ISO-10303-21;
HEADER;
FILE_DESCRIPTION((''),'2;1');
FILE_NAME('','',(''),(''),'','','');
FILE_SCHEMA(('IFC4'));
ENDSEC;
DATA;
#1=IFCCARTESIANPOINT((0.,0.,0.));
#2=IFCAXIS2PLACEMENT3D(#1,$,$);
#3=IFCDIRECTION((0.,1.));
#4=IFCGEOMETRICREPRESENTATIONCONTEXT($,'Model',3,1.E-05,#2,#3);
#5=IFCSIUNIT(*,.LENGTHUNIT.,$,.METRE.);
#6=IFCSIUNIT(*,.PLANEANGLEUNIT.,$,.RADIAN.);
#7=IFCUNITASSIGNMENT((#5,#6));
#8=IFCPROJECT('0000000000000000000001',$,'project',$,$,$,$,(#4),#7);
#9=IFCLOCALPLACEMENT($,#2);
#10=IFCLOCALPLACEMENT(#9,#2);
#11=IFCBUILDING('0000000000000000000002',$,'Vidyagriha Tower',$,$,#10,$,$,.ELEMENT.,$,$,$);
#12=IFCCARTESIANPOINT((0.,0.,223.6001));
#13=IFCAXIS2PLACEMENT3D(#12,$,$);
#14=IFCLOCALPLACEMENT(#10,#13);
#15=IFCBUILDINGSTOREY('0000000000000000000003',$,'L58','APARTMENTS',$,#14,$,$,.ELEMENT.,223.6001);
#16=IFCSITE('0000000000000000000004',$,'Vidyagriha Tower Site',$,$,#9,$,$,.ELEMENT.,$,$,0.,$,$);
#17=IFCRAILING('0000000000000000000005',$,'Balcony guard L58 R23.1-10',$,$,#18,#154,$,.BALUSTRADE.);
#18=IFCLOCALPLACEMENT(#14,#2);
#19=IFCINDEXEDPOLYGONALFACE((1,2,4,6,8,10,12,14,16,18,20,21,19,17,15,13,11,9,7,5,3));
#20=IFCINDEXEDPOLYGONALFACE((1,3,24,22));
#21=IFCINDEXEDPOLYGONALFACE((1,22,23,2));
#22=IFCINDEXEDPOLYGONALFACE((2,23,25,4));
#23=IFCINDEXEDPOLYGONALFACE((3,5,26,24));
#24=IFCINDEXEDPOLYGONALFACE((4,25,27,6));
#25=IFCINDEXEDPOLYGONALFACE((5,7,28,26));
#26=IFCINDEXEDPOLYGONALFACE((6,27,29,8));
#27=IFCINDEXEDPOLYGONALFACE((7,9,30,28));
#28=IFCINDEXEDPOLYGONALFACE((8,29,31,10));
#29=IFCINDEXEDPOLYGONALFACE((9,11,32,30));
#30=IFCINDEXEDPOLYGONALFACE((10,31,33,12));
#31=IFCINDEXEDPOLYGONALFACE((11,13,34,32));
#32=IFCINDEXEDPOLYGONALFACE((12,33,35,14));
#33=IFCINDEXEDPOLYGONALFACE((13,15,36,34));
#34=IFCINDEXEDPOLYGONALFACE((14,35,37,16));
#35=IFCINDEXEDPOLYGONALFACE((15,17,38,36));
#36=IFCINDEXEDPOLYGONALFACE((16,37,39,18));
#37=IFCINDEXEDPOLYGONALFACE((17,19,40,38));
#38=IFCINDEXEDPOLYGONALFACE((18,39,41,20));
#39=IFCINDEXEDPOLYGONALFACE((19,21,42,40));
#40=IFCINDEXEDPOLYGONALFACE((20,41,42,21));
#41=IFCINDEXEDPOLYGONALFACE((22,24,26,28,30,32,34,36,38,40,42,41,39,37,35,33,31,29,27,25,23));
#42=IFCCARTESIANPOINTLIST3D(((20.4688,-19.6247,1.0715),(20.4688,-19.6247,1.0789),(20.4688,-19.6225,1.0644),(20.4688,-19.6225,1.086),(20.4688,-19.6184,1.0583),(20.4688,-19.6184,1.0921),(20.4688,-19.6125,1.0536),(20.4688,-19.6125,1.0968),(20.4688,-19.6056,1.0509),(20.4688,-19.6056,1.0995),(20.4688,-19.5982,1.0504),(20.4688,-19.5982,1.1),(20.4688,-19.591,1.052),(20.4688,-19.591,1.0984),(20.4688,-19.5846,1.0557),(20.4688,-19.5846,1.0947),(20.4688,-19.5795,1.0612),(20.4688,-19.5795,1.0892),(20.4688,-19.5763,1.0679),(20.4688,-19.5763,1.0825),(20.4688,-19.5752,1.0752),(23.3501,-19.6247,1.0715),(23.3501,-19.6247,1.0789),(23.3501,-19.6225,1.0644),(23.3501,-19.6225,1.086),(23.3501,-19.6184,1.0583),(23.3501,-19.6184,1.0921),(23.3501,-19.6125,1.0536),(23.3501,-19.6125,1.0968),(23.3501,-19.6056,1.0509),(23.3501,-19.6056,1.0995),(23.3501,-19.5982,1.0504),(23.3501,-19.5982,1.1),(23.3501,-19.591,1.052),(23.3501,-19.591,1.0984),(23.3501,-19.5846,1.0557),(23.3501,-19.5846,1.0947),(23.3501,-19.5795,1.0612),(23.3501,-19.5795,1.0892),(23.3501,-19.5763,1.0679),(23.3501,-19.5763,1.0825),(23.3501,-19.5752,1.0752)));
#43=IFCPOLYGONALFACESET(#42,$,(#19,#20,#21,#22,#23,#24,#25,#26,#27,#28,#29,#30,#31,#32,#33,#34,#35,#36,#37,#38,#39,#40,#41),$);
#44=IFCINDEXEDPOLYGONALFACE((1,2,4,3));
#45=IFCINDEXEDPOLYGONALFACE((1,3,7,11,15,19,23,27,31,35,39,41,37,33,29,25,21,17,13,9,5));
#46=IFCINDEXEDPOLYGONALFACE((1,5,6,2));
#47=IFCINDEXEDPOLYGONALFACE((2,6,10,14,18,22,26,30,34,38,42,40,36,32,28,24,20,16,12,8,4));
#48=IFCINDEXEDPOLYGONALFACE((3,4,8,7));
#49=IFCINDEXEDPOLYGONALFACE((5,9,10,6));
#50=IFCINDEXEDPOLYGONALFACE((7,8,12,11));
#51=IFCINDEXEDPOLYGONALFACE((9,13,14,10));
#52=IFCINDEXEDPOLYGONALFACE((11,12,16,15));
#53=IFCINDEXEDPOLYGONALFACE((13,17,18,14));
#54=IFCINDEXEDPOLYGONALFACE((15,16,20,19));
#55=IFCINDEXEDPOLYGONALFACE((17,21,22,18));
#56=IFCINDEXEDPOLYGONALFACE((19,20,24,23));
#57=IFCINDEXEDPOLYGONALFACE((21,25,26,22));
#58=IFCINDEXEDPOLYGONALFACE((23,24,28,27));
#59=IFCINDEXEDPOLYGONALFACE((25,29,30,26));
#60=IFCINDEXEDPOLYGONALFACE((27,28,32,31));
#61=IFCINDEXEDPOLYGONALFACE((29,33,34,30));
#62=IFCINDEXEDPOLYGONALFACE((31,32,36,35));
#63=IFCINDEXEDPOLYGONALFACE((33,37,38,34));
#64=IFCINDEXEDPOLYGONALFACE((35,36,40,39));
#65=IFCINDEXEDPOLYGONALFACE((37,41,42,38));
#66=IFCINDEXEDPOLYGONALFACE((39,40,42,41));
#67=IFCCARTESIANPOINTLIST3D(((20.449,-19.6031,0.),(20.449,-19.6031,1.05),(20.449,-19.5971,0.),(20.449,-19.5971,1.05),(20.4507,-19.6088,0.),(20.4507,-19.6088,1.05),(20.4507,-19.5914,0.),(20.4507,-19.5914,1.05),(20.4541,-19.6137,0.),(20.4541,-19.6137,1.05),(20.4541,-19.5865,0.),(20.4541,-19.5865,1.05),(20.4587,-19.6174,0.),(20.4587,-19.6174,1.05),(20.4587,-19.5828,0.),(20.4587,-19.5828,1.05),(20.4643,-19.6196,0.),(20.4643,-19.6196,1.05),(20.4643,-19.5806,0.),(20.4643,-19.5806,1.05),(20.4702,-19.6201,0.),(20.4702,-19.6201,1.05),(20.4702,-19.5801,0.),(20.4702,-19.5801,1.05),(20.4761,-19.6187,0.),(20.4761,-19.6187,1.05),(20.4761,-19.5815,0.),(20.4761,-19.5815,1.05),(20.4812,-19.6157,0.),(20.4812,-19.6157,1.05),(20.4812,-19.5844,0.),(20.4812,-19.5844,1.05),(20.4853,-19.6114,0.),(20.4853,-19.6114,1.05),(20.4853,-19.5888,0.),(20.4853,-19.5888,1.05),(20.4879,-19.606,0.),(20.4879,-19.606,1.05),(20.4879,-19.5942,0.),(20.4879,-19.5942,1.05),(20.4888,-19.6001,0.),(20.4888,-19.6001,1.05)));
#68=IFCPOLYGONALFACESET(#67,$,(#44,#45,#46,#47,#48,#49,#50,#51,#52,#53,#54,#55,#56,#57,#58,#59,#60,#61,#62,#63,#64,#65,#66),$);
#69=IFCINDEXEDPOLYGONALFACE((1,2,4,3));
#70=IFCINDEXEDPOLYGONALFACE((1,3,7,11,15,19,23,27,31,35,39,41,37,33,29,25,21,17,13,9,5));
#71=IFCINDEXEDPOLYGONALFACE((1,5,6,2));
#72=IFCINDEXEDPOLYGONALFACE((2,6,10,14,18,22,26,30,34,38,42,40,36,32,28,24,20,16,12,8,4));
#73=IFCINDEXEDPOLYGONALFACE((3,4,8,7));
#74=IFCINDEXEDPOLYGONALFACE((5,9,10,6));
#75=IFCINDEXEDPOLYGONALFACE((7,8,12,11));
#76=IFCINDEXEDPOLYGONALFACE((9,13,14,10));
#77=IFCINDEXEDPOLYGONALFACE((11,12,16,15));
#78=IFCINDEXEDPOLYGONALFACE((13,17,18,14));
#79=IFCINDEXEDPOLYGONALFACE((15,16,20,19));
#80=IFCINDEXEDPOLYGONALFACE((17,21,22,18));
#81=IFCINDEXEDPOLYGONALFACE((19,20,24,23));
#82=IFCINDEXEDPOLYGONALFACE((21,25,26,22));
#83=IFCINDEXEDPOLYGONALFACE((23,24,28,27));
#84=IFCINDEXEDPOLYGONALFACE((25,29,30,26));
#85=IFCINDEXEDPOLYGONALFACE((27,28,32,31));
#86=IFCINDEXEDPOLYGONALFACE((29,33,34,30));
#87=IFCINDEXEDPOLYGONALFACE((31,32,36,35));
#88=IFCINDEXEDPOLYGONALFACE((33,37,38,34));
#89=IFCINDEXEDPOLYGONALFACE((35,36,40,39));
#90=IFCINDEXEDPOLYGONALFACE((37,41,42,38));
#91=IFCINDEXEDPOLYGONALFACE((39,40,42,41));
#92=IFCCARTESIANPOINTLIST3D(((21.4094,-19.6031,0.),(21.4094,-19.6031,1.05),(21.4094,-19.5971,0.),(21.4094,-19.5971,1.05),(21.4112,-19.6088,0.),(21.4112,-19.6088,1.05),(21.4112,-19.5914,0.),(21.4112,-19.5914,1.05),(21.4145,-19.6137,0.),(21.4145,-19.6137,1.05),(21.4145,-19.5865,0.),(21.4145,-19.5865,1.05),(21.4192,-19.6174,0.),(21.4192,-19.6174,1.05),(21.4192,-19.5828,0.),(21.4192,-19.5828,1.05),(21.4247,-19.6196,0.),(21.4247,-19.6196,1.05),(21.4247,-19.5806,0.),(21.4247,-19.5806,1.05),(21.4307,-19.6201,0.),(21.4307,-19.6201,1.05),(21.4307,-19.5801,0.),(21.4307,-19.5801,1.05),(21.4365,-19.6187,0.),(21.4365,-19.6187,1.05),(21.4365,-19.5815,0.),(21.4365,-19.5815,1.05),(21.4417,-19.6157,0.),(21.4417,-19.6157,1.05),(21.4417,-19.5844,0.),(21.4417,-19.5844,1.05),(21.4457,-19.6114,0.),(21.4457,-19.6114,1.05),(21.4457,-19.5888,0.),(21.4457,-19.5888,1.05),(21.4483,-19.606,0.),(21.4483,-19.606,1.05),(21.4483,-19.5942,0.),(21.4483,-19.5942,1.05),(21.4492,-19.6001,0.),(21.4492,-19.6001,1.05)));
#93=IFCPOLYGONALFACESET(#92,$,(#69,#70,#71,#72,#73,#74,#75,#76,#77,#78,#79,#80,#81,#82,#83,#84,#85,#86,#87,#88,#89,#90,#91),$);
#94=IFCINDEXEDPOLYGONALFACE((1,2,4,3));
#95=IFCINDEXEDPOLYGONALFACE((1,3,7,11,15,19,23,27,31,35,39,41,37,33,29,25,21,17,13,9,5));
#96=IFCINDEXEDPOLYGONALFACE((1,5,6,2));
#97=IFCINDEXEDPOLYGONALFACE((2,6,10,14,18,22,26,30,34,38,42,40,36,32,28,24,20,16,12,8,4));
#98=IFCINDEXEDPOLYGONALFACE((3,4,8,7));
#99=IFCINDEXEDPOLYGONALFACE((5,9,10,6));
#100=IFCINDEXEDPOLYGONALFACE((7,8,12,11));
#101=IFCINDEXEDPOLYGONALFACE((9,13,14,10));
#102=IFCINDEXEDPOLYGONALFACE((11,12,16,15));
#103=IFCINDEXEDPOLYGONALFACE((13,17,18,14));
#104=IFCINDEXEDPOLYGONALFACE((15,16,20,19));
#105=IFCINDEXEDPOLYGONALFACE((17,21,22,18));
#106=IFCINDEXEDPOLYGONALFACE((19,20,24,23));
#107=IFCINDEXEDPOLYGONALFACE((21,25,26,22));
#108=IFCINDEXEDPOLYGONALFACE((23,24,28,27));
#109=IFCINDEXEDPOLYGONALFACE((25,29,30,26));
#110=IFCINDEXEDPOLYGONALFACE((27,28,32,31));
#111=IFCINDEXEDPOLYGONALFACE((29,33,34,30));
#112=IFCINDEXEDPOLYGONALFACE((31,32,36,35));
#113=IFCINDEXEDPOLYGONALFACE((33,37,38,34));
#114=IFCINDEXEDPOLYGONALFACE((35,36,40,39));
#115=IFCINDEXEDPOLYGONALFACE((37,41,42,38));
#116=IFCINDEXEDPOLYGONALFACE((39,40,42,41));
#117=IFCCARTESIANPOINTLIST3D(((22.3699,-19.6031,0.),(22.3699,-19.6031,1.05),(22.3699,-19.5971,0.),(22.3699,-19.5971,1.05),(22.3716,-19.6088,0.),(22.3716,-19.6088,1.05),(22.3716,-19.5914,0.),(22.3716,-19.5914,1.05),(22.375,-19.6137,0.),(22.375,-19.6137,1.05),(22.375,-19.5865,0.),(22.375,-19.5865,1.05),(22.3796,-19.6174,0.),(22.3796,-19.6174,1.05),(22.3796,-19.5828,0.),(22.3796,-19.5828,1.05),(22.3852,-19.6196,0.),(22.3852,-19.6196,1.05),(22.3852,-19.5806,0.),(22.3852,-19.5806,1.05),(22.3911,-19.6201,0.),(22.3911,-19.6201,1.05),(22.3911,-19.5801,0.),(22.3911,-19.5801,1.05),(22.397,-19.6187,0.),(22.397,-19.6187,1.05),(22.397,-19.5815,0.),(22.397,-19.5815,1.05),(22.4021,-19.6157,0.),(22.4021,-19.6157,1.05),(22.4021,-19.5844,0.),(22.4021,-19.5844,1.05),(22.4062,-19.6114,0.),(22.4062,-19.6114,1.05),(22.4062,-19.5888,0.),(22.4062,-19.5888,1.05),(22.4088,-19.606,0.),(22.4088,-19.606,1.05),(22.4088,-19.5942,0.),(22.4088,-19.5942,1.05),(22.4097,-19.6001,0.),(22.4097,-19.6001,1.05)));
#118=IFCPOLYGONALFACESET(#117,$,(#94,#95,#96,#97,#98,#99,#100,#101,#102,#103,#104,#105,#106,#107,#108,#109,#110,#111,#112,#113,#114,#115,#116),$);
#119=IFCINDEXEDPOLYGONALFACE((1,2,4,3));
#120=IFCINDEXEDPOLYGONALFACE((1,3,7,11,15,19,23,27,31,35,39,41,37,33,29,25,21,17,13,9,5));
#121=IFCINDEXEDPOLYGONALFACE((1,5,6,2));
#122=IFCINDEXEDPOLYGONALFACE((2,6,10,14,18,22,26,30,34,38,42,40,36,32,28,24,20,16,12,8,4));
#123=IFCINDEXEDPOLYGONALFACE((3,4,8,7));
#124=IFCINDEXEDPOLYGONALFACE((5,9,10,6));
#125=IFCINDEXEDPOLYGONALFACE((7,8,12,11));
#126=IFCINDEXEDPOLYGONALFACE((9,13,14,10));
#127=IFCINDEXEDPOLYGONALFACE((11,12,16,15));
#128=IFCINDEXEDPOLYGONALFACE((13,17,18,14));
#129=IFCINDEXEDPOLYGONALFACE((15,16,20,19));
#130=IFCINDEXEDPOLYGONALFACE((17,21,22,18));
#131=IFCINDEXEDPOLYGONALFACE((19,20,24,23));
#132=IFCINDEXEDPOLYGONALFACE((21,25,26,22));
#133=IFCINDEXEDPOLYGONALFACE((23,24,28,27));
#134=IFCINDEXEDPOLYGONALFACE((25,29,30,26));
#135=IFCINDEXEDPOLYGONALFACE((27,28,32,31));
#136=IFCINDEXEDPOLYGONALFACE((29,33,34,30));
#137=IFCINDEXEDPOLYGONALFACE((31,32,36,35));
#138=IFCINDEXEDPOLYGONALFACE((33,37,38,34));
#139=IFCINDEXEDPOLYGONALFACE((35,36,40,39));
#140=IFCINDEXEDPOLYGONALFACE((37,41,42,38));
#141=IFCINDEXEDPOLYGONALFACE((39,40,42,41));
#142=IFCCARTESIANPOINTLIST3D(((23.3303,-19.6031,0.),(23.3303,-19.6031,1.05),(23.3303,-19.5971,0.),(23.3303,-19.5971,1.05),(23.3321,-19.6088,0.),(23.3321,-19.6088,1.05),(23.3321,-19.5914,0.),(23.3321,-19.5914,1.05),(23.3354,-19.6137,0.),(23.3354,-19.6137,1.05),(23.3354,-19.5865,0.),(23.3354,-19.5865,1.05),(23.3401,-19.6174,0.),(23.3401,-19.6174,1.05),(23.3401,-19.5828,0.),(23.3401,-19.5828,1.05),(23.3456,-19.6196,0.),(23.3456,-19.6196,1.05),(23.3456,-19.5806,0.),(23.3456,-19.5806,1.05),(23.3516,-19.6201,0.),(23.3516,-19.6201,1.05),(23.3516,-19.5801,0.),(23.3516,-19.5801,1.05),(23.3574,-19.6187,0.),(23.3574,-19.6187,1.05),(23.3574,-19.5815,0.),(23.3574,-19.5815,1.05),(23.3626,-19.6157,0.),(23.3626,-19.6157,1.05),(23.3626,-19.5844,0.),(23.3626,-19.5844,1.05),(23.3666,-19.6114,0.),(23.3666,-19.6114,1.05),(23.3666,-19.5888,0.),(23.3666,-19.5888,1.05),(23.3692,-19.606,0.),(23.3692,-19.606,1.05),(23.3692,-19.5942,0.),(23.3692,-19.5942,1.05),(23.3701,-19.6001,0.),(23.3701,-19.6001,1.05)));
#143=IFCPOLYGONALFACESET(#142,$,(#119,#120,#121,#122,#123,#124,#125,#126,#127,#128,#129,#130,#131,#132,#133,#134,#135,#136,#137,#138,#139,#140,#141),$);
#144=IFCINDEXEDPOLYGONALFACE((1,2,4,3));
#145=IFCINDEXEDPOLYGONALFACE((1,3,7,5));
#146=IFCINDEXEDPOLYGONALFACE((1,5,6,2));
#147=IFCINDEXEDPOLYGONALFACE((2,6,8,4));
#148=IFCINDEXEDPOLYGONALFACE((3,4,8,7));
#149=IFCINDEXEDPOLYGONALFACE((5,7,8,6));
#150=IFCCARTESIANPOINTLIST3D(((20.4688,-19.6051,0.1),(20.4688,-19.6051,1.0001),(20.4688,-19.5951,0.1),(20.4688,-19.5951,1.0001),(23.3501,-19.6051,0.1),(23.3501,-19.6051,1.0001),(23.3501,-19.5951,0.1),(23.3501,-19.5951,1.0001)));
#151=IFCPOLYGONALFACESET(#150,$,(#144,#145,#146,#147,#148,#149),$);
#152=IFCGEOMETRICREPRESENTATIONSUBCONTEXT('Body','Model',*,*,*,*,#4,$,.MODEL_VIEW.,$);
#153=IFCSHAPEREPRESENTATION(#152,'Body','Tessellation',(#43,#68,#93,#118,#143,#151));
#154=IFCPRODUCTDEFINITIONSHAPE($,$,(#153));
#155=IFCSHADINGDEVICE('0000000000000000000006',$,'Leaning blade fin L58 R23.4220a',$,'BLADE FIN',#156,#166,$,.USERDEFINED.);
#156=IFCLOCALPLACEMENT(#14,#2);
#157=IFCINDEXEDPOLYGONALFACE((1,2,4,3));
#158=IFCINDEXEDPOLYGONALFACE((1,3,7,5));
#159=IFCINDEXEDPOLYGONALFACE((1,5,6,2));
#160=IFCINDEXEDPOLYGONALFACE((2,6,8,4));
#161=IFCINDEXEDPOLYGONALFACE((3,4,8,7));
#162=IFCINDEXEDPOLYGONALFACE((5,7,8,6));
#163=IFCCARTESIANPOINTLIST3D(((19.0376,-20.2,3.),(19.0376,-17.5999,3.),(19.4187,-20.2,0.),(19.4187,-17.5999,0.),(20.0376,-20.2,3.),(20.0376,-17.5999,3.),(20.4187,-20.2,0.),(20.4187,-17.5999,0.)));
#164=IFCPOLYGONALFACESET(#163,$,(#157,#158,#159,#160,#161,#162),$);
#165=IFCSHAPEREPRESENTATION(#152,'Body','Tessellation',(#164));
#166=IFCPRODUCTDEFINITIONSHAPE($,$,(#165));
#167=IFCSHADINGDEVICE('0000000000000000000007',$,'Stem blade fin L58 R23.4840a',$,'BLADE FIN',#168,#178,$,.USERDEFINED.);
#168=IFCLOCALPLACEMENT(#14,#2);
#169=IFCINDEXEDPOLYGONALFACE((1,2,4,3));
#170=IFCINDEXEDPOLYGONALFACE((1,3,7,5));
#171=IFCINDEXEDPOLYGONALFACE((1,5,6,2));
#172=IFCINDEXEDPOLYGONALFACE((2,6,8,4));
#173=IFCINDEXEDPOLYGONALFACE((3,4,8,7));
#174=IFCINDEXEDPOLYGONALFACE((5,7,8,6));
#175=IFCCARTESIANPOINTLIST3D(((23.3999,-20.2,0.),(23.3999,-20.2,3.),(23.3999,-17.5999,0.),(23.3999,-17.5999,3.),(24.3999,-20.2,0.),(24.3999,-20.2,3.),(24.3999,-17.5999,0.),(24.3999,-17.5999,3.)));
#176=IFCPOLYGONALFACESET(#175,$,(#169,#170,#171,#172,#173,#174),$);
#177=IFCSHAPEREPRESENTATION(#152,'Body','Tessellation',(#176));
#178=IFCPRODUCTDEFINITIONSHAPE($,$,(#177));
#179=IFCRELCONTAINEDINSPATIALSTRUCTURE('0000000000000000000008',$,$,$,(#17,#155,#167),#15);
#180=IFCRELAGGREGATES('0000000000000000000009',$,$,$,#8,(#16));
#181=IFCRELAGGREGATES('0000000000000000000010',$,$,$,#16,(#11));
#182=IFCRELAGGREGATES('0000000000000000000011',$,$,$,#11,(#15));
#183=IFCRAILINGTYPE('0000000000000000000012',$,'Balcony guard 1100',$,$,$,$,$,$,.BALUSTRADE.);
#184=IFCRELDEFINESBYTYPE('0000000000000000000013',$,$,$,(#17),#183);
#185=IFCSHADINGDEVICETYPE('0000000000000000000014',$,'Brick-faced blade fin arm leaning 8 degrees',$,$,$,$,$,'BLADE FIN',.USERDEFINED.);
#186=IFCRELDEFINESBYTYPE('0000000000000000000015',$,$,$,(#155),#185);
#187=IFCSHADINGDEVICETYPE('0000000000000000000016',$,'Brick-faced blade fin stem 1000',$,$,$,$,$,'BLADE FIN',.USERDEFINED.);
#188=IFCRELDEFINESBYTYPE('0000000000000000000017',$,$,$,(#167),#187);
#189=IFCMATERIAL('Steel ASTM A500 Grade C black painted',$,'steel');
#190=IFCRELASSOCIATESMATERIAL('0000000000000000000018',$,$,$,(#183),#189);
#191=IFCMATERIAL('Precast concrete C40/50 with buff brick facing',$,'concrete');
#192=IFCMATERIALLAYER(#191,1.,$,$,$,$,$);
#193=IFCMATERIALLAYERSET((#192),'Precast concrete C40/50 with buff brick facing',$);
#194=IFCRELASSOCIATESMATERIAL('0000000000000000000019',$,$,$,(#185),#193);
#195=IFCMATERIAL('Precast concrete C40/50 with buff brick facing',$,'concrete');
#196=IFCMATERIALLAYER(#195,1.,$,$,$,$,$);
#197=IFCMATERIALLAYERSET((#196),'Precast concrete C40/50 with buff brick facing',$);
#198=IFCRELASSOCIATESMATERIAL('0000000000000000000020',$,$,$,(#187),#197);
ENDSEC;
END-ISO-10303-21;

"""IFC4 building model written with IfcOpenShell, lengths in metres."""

from ifc_helpers import new_model, si_unit, direction, frame, origin, origin_2d, place, context, subcontext, project, spatial, polyline, rectangle, circle, outline, extrude, material, layer, layer_set, type_object, element, save


model = new_model("IFC4")

# Units and contexts
model_context = context("Model", 3, precision=1e-05, world=origin(), true_north=direction((0.0, 1.0)))
body_context = subcontext(model_context, "Body", "Model", "MODEL_VIEW")
ifc_project = project(units=[si_unit("LENGTHUNIT", "METRE"), si_unit("PLANEANGLEUNIT", "RADIAN")], contexts=[model_context])

# Site, building, storey
site_placement = place(None, origin())
site = spatial("IfcSite", under=ifc_project, at=site_placement, Name="Vidyagriha Tower Site", CompositionType="ELEMENT", RefElevation=0.0)
building_placement = place(site_placement, origin())
building = spatial("IfcBuilding", under=site, at=building_placement, Name="Vidyagriha Tower", CompositionType="ELEMENT")
storey_placement = place(building_placement, frame((0.0, 0.0, 223.6001)))
storey = spatial("IfcBuildingStorey", under=building, at=storey_placement, Name="L58", Description="APARTMENTS", CompositionType="ELEMENT", Elevation=223.6001)

# Railing
ifc_material_1 = material(Name="Steel ASTM A500 Grade C black painted", Category="steel")
railing_type = type_object("IfcRailingType", Name="Balcony guard 1100", PredefinedType="BALUSTRADE", material=ifc_material_1)
railing_placement = place(storey_placement, frame((20.4688, -19.6001, 0.0)))
element("IfcRailing", 1, at=railing_placement, inside=storey, type_object=railing_type, Name="Balcony guard L58 R23.1-10", PredefinedType="BALUSTRADE", context=body_context, shape_type="SweptSolid", body=[
    extrude(circle(Radius=0.0249, at=origin_2d()), frame((0.0, 0.0, 1.0752), z_axis=(1.0, 0.0, 0.0), x_axis=(0.0, 1.0, 0.0)), (0.0, 0.0, 1.0), 2.8813),
    extrude(circle(Radius=0.02, at=origin_2d()), origin(), (0.0, 0.0, 1.0), 1.05),
    extrude(circle(Radius=0.02, at=origin_2d()), frame((0.9604, 0.0, 0.0)), (0.0, 0.0, 1.0), 1.05),
    extrude(circle(Radius=0.02, at=origin_2d()), frame((1.9209, 0.0, 0.0)), (0.0, 0.0, 1.0), 1.05),
    extrude(circle(Radius=0.02, at=origin_2d()), frame((2.8813, 0.0, 0.0)), (0.0, 0.0, 1.0), 1.05),
    extrude(rectangle(XDim=0.01, YDim=0.9001, at=origin_2d()), frame((0.0, 0.0, 0.55), z_axis=(1.0, 0.0, 0.0), x_axis=(0.0, 1.0, 0.0)), (0.0, 0.0, 1.0), 2.8813),
])

# Shading devices
ifc_material_2 = material(Name="Precast concrete C40/50 with buff brick facing", Category="concrete")
ifc_layer_1 = layer(ifc_material_2, 1.0)
ifc_layer_set_1 = layer_set([ifc_layer_1], Name="Precast concrete C40/50 with buff brick facing")
shading_device_type_1 = type_object("IfcShadingDeviceType", Name="Brick-faced blade fin arm leaning 8 degrees", ElementType="BLADE FIN", PredefinedType="USERDEFINED", material=ifc_layer_set_1)
shading_device_1_placement = place(storey_placement, frame((19.0376, -18.8999, 0.0)))
element("IfcShadingDevice", 2, at=shading_device_1_placement, inside=storey, type_object=shading_device_type_1, Name="Leaning blade fin L58 R23.4220a", ObjectType="BLADE FIN", PredefinedType="USERDEFINED", context=body_context, shape_type="SweptSolid", body=[
    extrude(outline(polyline([(0.3811, 0.0), (1.3811, 0.0), (1.0, 3.0), (0.0, 3.0), (0.3811, 0.0)])), frame((0.0, 1.3, 0.0), z_axis=(0.0, -1.0, 0.0), x_axis=(1.0, 0.0, 0.0)), (0.0, 0.0, 1.0), 2.6001),
])
ifc_material_3 = material(Name="Precast concrete C40/50 with buff brick facing", Category="concrete")
ifc_layer_2 = layer(ifc_material_3, 1.0)
ifc_layer_set_2 = layer_set([ifc_layer_2], Name="Precast concrete C40/50 with buff brick facing")
shading_device_type_2 = type_object("IfcShadingDeviceType", Name="Brick-faced blade fin stem 1000", ElementType="BLADE FIN", PredefinedType="USERDEFINED", material=ifc_layer_set_2)
shading_device_2_placement = place(storey_placement, frame((23.3999, -18.8999, 0.0)))
element("IfcShadingDevice", 3, at=shading_device_2_placement, inside=storey, type_object=shading_device_type_2, Name="Stem blade fin L58 R23.4840a", ObjectType="BLADE FIN", PredefinedType="USERDEFINED", context=body_context, shape_type="SweptSolid", body=[
    extrude(outline(polyline([(0.0, 0.0), (1.0, 0.0), (1.0, 3.0), (0.0, 3.0), (0.0, 0.0)])), frame((0.0, 1.3, 0.0), z_axis=(0.0, -1.0, 0.0), x_axis=(1.0, 0.0, 0.0)), (0.0, 0.0, 1.0), 2.6001),
])

save(model, "model.ifc")
